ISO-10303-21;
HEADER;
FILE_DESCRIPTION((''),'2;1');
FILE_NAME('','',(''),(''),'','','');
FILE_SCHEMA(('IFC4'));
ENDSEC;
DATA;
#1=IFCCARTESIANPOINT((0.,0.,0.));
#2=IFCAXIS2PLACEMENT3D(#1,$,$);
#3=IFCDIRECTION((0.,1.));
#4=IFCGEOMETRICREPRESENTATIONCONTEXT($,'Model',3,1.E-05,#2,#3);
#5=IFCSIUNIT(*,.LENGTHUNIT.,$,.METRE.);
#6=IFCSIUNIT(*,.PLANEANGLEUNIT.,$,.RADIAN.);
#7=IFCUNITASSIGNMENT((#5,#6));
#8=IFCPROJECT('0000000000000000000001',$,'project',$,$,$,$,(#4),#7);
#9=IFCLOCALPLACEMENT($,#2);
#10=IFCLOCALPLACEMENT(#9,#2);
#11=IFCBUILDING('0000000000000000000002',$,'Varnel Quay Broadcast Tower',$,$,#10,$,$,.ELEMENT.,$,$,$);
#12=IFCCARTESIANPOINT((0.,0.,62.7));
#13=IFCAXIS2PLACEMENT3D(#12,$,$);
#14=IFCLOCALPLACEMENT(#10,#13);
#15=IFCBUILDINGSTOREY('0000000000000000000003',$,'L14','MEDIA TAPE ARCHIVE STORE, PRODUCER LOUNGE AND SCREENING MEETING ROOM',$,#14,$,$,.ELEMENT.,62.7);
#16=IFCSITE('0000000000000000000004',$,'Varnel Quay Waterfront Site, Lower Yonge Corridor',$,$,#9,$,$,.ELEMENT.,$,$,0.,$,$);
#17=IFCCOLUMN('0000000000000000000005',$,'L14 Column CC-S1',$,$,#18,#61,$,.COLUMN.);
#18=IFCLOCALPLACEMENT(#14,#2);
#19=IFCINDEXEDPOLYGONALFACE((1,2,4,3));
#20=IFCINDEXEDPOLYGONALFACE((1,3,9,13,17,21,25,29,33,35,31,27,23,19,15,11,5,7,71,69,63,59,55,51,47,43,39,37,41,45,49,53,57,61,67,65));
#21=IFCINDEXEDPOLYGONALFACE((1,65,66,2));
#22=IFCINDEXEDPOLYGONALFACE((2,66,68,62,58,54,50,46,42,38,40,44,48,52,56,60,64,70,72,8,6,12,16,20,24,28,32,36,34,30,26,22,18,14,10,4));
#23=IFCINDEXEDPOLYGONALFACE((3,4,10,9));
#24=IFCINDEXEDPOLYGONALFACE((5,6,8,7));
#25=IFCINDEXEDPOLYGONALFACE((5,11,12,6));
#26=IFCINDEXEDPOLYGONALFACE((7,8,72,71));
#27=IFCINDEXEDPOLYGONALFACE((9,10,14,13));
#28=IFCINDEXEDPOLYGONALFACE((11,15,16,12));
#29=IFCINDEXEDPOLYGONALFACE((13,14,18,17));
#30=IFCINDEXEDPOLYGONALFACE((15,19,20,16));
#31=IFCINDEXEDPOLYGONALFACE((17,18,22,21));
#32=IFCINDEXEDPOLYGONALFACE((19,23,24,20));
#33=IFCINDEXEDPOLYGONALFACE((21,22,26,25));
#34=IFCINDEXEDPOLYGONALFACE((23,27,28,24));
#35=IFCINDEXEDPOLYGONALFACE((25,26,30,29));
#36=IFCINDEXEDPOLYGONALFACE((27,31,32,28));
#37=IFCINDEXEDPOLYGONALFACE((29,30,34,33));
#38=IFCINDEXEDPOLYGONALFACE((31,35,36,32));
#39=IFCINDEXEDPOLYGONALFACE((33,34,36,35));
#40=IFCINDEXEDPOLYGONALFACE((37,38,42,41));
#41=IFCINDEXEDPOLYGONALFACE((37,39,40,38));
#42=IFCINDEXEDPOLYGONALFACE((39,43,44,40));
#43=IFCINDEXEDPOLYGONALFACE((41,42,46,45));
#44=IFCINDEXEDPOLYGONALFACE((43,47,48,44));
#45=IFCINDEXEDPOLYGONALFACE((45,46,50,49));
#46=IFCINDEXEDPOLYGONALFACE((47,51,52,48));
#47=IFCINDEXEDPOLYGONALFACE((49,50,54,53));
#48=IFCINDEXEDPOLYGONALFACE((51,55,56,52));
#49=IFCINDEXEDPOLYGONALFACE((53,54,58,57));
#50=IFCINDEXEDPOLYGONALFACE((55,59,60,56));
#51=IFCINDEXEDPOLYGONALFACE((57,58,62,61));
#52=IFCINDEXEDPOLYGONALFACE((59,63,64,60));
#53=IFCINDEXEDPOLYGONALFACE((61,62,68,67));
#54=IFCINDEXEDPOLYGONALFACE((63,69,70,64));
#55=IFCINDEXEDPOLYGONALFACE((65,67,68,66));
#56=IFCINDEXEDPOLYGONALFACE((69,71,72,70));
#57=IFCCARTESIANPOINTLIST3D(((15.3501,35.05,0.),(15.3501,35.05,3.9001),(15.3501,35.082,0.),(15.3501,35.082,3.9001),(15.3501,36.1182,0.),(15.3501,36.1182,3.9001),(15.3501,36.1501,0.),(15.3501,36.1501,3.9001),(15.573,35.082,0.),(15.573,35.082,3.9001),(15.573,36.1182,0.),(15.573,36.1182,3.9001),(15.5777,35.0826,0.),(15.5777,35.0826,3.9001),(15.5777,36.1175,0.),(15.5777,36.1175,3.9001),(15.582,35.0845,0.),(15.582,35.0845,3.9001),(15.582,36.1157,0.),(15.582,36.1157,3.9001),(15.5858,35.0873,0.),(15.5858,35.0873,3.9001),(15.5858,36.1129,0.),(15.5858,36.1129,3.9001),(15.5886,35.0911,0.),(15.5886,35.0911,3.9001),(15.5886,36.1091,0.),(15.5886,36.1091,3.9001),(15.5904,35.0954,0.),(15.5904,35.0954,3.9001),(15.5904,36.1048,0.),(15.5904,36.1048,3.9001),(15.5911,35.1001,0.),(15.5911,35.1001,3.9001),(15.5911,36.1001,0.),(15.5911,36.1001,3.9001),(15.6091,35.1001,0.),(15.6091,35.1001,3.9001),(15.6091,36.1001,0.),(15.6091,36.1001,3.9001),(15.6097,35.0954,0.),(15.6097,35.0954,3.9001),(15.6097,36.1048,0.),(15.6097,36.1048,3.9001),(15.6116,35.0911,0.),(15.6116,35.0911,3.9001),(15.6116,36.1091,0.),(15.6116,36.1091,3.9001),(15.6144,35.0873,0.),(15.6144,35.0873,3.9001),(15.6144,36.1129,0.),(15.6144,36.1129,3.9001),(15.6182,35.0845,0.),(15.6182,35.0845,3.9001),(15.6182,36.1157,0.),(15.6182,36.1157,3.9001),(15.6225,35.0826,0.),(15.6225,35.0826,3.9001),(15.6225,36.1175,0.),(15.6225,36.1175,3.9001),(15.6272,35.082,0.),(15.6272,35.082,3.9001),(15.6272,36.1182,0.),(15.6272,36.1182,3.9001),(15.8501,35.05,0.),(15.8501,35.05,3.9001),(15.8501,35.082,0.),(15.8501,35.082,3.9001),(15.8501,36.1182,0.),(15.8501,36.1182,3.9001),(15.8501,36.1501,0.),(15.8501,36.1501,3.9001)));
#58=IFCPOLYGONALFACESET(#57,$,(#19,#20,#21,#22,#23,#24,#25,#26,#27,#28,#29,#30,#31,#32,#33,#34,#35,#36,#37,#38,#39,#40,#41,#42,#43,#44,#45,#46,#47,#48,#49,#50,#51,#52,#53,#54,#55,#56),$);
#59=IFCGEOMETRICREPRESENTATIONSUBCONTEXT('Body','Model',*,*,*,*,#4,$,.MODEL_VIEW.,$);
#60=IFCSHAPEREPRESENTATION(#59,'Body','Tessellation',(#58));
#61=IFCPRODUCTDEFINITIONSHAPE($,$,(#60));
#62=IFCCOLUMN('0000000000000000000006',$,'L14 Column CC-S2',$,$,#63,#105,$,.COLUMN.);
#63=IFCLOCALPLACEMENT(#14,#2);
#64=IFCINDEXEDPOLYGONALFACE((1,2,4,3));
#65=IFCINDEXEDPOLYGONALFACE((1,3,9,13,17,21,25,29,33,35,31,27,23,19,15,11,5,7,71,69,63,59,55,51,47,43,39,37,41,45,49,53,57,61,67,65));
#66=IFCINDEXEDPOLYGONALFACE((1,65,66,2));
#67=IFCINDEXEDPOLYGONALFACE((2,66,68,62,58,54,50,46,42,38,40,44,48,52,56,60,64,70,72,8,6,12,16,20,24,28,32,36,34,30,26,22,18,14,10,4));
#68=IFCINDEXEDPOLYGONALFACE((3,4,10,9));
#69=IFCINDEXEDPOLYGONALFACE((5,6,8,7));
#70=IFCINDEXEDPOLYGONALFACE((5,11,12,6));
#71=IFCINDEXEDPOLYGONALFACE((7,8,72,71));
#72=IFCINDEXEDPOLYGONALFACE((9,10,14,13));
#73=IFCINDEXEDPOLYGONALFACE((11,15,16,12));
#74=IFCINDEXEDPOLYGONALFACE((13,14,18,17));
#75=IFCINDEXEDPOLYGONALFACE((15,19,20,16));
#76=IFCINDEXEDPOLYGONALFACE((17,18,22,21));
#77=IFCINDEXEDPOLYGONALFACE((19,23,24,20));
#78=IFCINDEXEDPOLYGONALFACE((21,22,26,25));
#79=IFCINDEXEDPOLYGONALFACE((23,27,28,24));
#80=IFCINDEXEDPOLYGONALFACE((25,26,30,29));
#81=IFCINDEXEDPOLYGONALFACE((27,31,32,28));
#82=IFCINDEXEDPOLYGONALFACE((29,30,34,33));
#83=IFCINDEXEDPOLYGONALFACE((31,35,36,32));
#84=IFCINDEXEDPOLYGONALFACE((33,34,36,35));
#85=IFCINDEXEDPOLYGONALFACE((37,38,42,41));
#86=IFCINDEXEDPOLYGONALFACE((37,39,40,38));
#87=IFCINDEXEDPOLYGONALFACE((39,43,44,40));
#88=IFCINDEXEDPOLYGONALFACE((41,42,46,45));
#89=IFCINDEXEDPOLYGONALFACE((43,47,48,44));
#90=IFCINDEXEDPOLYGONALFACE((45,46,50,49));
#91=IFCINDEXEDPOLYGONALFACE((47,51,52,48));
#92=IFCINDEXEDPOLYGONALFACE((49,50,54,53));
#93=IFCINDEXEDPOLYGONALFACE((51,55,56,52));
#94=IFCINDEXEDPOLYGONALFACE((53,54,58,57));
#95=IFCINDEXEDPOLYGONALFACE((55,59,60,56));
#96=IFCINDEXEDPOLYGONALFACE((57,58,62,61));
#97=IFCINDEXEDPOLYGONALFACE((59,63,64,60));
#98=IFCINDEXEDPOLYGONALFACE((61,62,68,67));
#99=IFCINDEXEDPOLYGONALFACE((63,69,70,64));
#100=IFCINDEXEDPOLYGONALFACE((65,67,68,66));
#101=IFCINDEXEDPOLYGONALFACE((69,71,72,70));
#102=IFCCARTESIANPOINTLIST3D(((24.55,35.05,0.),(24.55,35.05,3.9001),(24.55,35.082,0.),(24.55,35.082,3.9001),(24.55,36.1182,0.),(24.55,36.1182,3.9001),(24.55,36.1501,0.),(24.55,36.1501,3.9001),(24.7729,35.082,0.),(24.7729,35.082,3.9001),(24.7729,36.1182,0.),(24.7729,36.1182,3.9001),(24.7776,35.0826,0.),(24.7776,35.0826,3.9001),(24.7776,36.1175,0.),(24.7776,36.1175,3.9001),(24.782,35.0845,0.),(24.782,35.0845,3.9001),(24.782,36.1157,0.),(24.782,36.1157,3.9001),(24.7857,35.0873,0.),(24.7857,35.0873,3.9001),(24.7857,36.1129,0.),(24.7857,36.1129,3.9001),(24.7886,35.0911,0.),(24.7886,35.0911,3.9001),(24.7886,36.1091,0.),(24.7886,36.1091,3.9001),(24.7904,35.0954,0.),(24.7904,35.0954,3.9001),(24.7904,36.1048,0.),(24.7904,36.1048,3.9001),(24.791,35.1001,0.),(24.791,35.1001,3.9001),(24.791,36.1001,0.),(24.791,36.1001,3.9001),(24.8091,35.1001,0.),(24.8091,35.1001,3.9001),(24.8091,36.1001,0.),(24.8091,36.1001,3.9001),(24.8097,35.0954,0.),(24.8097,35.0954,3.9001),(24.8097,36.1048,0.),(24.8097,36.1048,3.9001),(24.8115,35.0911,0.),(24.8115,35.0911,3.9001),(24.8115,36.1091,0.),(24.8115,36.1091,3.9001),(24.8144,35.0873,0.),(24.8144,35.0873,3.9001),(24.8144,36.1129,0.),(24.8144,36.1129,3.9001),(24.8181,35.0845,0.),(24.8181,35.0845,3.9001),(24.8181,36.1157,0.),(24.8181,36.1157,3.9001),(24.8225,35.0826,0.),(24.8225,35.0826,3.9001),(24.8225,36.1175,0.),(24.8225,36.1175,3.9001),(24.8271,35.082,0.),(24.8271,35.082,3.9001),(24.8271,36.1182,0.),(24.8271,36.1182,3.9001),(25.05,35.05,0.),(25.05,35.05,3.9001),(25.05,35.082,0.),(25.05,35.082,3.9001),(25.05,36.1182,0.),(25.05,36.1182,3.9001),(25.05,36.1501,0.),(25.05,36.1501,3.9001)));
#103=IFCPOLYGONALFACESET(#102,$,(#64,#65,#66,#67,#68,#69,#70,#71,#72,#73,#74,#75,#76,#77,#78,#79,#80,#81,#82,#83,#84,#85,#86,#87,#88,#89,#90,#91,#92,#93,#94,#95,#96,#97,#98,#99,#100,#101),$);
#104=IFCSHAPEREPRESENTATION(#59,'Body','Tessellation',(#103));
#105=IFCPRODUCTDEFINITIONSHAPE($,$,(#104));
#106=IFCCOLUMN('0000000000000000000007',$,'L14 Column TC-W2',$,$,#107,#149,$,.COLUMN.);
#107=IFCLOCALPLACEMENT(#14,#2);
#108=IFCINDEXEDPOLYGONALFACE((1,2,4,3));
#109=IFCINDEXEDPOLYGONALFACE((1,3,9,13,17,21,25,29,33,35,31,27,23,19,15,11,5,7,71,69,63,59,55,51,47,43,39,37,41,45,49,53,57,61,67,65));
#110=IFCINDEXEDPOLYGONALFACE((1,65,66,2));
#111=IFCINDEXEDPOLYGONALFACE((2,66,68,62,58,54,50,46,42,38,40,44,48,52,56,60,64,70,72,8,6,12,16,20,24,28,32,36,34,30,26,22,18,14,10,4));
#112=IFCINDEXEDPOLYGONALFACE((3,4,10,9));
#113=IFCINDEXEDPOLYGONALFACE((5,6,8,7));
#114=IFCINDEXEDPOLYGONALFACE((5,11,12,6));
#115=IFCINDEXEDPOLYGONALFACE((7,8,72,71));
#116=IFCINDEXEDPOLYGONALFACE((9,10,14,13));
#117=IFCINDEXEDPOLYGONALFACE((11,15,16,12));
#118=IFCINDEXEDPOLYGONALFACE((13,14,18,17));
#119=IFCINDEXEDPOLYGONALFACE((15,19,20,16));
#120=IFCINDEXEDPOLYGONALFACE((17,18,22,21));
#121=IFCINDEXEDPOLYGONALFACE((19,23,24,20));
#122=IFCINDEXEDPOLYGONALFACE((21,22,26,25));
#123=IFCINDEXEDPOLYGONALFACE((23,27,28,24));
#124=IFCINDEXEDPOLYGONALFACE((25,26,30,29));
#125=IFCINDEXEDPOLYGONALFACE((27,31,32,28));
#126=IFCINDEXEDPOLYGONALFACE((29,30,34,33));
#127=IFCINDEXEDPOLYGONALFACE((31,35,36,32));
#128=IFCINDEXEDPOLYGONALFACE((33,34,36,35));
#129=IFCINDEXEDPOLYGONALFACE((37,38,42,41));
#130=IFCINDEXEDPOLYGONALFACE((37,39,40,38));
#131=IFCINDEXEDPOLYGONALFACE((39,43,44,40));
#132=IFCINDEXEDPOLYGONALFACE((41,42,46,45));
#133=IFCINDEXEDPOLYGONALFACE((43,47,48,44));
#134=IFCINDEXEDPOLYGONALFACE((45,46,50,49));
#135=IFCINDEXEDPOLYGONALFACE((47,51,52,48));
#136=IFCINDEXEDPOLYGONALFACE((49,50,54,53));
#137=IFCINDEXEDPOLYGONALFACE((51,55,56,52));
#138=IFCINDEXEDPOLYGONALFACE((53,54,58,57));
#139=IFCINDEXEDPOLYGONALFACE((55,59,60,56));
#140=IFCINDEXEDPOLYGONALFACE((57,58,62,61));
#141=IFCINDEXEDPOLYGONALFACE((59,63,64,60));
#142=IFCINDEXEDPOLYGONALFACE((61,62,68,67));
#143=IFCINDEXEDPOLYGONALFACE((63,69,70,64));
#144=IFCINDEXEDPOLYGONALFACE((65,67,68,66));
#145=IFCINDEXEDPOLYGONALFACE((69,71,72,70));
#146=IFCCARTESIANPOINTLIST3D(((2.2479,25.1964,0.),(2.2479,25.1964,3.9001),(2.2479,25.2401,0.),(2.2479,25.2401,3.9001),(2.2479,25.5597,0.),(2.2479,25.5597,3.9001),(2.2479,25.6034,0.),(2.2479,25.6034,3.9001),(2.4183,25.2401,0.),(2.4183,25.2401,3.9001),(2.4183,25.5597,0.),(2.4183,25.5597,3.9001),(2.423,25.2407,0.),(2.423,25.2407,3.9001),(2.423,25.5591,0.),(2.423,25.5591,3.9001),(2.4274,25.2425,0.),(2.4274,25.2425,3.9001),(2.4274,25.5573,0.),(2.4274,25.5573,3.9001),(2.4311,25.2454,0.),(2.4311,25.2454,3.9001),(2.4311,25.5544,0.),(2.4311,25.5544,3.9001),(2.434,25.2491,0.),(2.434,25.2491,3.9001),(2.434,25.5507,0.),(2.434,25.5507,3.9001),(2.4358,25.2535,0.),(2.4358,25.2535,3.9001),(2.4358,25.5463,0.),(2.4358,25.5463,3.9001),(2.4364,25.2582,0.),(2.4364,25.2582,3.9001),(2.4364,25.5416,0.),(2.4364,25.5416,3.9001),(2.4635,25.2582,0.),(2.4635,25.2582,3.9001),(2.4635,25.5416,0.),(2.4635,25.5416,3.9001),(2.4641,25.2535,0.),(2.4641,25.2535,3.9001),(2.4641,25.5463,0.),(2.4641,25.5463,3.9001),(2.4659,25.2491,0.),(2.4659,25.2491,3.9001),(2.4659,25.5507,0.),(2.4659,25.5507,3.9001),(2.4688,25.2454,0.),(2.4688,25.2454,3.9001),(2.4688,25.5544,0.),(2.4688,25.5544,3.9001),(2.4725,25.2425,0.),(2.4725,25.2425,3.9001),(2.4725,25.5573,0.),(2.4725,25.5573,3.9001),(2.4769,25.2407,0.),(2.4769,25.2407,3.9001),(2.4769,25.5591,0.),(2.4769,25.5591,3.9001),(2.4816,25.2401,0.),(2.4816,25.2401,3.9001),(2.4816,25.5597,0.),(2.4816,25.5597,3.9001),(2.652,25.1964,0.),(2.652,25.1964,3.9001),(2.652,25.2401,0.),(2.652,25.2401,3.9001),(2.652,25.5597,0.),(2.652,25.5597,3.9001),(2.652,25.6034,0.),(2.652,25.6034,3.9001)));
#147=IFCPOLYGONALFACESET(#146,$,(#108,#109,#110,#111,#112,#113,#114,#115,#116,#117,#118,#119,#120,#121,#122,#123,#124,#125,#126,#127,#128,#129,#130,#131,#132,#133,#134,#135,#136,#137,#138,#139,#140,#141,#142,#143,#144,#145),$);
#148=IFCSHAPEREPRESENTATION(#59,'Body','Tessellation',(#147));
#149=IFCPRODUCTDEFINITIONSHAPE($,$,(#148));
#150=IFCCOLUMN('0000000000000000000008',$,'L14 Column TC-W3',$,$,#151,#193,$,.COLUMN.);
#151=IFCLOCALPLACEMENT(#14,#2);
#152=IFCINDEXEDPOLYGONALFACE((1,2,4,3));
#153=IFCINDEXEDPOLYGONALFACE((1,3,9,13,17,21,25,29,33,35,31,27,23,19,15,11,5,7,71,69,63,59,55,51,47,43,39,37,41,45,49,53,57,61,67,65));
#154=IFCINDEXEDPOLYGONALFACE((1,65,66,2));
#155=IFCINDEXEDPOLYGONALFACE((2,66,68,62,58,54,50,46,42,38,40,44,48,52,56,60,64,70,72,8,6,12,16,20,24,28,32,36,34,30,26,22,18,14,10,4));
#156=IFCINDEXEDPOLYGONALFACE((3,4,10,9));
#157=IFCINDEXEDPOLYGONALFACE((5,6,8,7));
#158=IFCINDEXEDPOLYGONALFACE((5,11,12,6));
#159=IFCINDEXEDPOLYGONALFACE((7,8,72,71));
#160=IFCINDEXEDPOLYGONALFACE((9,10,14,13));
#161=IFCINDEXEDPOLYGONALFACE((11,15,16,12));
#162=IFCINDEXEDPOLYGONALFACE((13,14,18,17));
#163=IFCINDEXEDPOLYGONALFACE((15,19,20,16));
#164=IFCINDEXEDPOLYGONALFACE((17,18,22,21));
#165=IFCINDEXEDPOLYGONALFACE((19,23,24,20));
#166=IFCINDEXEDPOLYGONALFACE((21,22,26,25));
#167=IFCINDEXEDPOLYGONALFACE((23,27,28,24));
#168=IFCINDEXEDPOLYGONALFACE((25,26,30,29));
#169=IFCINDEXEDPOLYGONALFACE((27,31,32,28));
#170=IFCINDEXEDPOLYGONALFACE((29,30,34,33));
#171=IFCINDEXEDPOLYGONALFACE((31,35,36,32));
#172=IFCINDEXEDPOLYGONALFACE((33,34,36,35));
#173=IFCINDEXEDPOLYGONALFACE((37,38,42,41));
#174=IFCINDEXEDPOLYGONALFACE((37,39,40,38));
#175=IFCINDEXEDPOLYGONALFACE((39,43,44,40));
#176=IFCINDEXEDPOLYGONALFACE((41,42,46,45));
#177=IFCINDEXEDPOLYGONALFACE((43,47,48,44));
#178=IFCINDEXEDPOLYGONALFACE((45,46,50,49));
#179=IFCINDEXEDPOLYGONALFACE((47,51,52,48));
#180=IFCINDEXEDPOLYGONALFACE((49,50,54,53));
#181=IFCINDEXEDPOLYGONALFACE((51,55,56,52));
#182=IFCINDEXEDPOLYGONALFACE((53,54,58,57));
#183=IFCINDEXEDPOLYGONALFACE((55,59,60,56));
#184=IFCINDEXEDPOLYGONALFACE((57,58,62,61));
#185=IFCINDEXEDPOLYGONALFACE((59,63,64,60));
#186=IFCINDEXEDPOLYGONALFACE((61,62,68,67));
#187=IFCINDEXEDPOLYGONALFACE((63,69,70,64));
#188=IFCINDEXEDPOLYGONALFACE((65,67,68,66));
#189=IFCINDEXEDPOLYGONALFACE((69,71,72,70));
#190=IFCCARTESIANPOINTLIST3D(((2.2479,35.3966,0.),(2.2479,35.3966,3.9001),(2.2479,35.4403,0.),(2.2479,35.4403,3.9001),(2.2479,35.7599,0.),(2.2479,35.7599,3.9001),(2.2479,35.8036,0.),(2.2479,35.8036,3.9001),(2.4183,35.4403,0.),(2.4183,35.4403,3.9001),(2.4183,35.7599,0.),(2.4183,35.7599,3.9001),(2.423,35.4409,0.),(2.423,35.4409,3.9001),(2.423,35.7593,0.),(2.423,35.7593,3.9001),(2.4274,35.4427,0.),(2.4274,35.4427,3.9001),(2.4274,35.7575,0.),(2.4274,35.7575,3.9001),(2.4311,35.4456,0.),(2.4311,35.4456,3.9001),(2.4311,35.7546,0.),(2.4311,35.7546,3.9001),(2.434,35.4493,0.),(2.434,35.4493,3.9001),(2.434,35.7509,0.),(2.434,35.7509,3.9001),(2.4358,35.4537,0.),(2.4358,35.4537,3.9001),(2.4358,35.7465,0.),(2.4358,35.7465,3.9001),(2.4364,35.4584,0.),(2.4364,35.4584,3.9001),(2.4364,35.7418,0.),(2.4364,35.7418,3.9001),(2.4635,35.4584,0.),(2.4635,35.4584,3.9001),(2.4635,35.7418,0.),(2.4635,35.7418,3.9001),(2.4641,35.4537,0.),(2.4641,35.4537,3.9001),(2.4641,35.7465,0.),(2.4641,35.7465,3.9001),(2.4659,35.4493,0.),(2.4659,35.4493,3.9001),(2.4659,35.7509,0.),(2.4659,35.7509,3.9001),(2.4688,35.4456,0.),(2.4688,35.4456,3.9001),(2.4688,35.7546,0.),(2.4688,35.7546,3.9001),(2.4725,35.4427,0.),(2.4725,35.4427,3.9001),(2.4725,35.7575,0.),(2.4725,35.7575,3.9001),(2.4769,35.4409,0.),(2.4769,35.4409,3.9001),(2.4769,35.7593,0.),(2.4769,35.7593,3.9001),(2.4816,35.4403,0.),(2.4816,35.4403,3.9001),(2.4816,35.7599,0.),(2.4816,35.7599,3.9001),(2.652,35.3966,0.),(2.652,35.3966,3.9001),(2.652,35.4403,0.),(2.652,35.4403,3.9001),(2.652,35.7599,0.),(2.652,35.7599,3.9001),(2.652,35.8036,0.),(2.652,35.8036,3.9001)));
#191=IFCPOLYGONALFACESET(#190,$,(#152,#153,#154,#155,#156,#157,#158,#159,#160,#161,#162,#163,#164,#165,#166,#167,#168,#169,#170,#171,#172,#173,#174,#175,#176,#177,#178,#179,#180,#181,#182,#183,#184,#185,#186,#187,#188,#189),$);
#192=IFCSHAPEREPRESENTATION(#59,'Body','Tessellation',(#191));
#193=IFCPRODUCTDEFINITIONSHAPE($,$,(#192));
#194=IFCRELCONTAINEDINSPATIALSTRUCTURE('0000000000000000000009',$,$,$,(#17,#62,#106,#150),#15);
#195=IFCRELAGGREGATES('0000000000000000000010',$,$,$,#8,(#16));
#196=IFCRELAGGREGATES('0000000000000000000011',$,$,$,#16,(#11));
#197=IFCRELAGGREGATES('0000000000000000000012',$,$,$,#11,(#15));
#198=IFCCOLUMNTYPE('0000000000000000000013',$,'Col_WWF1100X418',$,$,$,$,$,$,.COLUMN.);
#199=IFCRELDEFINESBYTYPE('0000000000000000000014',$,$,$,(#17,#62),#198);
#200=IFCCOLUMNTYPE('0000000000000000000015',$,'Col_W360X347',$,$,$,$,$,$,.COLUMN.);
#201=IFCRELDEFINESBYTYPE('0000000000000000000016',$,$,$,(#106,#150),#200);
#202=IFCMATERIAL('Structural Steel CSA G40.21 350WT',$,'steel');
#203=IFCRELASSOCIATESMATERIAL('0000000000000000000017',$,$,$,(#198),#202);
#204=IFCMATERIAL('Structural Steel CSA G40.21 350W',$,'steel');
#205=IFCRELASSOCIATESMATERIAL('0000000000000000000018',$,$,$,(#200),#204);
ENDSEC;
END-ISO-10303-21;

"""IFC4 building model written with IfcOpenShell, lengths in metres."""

from ifc_helpers import new_model, si_unit, direction, frame, origin, origin_2d, place, context, subcontext, project, spatial, i_section, extrude, source, transform, mapped, material, material_profile, profile_set, type_object, type_shapes, element, save


model = new_model("IFC4")

# Units and contexts
model_context = context("Model", 3, precision=1e-05, world=origin(), true_north=direction((0.0, 1.0)))
body_context = subcontext(model_context, "Body", "Model", "MODEL_VIEW")
ifc_project = project(units=[si_unit("LENGTHUNIT", "METRE"), si_unit("PLANEANGLEUNIT", "RADIAN")], contexts=[model_context])

# Site, building, storey
site_placement = place(None, origin())
site = spatial("IfcSite", under=ifc_project, at=site_placement, Name="Varnel Quay Waterfront Site, Lower Yonge Corridor", CompositionType="ELEMENT", RefElevation=0.0)
building_placement = place(site_placement, origin())
building = spatial("IfcBuilding", under=site, at=building_placement, Name="Varnel Quay Broadcast Tower", CompositionType="ELEMENT")
storey_placement = place(building_placement, frame((0.0, 0.0, 62.7)))
storey = spatial("IfcBuildingStorey", under=building, at=storey_placement, Name="L14", Description="MEDIA TAPE ARCHIVE STORE, PRODUCER LOUNGE AND SCREENING MEETING ROOM", CompositionType="ELEMENT", Elevation=62.7)

# Columns
ifc_material_1 = material(Name="Structural Steel CSA G40.21 350WT", Category="steel")
ifc_material_profile_1 = material_profile(ifc_material_1, i_section(OverallWidth=0.5, OverallDepth=1.1001, WebThickness=0.0181, FlangeThickness=0.032, FilletRadius=0.0181, at=origin_2d()), Name="WWF1100X418")
ifc_profile_set_1 = profile_set([ifc_material_profile_1], Name="Structural Steel CSA G40.21 350WT")
column_type_1 = type_object("IfcColumnType", Name="Col_WWF1100X418", PredefinedType="COLUMN", material=ifc_profile_set_1)
shared_shape_1 = source(origin(), body_context, "Body", "SweptSolid", [
    extrude(i_section(OverallWidth=0.5, OverallDepth=1.1001, WebThickness=0.0181, FlangeThickness=0.032, FilletRadius=0.0181, at=origin_2d()), origin(), (0.0, 0.0, 1.0), 3.9001),
])
type_shapes(column_type_1, [shared_shape_1])
for number, where, z_axis, x_axis, name in (
    (1, (15.6001, 35.6001, 0.0), (0.0, 0.0, 1.0), (1.0, 0.0, 0.0), "L14 Column CC-S1"),
    (2, (24.8, 35.6001, 0.0), (0.0, 0.0, 1.0), (1.0, 0.0, 0.0), "L14 Column CC-S2"),
):
    element("IfcColumn", number, at=place(storey_placement, frame(where, z_axis=z_axis, x_axis=x_axis)), inside=storey, type_object=column_type_1, Name=name, PredefinedType="COLUMN", context=body_context, shape_type="MappedRepresentation", body=[
        mapped(shared_shape_1, transform((0.0, 0.0, 0.0), x_axis=(1.0, 0.0, 0.0), y_axis=(0.0, 1.0, 0.0), z_axis=(0.0, 0.0, 1.0), scale=1.0)),
    ])
ifc_material_2 = material(Name="Structural Steel CSA G40.21 350W", Category="steel")
ifc_material_profile_2 = material_profile(ifc_material_2, i_section(OverallWidth=0.4041, OverallDepth=0.407, WebThickness=0.0271, FlangeThickness=0.0437, FilletRadius=0.0181, at=origin_2d()), Name="W360X347")
ifc_profile_set_2 = profile_set([ifc_material_profile_2], Name="Structural Steel CSA G40.21 350W")
column_type_2 = type_object("IfcColumnType", Name="Col_W360X347", PredefinedType="COLUMN", material=ifc_profile_set_2)
shared_shape_2 = source(origin(), body_context, "Body", "SweptSolid", [
    extrude(i_section(OverallWidth=0.4041, OverallDepth=0.407, WebThickness=0.0271, FlangeThickness=0.0437, FilletRadius=0.0181, at=origin_2d()), origin(), (0.0, 0.0, 1.0), 3.9001),
])
type_shapes(column_type_2, [shared_shape_2])
for number, where, z_axis, x_axis, name in (
    (3, (2.45, 25.3999, 0.0), (0.0, 0.0, 1.0), (1.0, 0.0, 0.0), "L14 Column TC-W2"),
    (4, (2.45, 35.6001, 0.0), (0.0, 0.0, 1.0), (1.0, 0.0, 0.0), "L14 Column TC-W3"),
):
    element("IfcColumn", number, at=place(storey_placement, frame(where, z_axis=z_axis, x_axis=x_axis)), inside=storey, type_object=column_type_2, Name=name, PredefinedType="COLUMN", context=body_context, shape_type="MappedRepresentation", body=[
        mapped(shared_shape_2, transform((0.0, 0.0, 0.0), x_axis=(1.0, 0.0, 0.0), y_axis=(0.0, 1.0, 0.0), z_axis=(0.0, 0.0, 1.0), scale=1.0)),
    ])

save(model, "model.ifc")
